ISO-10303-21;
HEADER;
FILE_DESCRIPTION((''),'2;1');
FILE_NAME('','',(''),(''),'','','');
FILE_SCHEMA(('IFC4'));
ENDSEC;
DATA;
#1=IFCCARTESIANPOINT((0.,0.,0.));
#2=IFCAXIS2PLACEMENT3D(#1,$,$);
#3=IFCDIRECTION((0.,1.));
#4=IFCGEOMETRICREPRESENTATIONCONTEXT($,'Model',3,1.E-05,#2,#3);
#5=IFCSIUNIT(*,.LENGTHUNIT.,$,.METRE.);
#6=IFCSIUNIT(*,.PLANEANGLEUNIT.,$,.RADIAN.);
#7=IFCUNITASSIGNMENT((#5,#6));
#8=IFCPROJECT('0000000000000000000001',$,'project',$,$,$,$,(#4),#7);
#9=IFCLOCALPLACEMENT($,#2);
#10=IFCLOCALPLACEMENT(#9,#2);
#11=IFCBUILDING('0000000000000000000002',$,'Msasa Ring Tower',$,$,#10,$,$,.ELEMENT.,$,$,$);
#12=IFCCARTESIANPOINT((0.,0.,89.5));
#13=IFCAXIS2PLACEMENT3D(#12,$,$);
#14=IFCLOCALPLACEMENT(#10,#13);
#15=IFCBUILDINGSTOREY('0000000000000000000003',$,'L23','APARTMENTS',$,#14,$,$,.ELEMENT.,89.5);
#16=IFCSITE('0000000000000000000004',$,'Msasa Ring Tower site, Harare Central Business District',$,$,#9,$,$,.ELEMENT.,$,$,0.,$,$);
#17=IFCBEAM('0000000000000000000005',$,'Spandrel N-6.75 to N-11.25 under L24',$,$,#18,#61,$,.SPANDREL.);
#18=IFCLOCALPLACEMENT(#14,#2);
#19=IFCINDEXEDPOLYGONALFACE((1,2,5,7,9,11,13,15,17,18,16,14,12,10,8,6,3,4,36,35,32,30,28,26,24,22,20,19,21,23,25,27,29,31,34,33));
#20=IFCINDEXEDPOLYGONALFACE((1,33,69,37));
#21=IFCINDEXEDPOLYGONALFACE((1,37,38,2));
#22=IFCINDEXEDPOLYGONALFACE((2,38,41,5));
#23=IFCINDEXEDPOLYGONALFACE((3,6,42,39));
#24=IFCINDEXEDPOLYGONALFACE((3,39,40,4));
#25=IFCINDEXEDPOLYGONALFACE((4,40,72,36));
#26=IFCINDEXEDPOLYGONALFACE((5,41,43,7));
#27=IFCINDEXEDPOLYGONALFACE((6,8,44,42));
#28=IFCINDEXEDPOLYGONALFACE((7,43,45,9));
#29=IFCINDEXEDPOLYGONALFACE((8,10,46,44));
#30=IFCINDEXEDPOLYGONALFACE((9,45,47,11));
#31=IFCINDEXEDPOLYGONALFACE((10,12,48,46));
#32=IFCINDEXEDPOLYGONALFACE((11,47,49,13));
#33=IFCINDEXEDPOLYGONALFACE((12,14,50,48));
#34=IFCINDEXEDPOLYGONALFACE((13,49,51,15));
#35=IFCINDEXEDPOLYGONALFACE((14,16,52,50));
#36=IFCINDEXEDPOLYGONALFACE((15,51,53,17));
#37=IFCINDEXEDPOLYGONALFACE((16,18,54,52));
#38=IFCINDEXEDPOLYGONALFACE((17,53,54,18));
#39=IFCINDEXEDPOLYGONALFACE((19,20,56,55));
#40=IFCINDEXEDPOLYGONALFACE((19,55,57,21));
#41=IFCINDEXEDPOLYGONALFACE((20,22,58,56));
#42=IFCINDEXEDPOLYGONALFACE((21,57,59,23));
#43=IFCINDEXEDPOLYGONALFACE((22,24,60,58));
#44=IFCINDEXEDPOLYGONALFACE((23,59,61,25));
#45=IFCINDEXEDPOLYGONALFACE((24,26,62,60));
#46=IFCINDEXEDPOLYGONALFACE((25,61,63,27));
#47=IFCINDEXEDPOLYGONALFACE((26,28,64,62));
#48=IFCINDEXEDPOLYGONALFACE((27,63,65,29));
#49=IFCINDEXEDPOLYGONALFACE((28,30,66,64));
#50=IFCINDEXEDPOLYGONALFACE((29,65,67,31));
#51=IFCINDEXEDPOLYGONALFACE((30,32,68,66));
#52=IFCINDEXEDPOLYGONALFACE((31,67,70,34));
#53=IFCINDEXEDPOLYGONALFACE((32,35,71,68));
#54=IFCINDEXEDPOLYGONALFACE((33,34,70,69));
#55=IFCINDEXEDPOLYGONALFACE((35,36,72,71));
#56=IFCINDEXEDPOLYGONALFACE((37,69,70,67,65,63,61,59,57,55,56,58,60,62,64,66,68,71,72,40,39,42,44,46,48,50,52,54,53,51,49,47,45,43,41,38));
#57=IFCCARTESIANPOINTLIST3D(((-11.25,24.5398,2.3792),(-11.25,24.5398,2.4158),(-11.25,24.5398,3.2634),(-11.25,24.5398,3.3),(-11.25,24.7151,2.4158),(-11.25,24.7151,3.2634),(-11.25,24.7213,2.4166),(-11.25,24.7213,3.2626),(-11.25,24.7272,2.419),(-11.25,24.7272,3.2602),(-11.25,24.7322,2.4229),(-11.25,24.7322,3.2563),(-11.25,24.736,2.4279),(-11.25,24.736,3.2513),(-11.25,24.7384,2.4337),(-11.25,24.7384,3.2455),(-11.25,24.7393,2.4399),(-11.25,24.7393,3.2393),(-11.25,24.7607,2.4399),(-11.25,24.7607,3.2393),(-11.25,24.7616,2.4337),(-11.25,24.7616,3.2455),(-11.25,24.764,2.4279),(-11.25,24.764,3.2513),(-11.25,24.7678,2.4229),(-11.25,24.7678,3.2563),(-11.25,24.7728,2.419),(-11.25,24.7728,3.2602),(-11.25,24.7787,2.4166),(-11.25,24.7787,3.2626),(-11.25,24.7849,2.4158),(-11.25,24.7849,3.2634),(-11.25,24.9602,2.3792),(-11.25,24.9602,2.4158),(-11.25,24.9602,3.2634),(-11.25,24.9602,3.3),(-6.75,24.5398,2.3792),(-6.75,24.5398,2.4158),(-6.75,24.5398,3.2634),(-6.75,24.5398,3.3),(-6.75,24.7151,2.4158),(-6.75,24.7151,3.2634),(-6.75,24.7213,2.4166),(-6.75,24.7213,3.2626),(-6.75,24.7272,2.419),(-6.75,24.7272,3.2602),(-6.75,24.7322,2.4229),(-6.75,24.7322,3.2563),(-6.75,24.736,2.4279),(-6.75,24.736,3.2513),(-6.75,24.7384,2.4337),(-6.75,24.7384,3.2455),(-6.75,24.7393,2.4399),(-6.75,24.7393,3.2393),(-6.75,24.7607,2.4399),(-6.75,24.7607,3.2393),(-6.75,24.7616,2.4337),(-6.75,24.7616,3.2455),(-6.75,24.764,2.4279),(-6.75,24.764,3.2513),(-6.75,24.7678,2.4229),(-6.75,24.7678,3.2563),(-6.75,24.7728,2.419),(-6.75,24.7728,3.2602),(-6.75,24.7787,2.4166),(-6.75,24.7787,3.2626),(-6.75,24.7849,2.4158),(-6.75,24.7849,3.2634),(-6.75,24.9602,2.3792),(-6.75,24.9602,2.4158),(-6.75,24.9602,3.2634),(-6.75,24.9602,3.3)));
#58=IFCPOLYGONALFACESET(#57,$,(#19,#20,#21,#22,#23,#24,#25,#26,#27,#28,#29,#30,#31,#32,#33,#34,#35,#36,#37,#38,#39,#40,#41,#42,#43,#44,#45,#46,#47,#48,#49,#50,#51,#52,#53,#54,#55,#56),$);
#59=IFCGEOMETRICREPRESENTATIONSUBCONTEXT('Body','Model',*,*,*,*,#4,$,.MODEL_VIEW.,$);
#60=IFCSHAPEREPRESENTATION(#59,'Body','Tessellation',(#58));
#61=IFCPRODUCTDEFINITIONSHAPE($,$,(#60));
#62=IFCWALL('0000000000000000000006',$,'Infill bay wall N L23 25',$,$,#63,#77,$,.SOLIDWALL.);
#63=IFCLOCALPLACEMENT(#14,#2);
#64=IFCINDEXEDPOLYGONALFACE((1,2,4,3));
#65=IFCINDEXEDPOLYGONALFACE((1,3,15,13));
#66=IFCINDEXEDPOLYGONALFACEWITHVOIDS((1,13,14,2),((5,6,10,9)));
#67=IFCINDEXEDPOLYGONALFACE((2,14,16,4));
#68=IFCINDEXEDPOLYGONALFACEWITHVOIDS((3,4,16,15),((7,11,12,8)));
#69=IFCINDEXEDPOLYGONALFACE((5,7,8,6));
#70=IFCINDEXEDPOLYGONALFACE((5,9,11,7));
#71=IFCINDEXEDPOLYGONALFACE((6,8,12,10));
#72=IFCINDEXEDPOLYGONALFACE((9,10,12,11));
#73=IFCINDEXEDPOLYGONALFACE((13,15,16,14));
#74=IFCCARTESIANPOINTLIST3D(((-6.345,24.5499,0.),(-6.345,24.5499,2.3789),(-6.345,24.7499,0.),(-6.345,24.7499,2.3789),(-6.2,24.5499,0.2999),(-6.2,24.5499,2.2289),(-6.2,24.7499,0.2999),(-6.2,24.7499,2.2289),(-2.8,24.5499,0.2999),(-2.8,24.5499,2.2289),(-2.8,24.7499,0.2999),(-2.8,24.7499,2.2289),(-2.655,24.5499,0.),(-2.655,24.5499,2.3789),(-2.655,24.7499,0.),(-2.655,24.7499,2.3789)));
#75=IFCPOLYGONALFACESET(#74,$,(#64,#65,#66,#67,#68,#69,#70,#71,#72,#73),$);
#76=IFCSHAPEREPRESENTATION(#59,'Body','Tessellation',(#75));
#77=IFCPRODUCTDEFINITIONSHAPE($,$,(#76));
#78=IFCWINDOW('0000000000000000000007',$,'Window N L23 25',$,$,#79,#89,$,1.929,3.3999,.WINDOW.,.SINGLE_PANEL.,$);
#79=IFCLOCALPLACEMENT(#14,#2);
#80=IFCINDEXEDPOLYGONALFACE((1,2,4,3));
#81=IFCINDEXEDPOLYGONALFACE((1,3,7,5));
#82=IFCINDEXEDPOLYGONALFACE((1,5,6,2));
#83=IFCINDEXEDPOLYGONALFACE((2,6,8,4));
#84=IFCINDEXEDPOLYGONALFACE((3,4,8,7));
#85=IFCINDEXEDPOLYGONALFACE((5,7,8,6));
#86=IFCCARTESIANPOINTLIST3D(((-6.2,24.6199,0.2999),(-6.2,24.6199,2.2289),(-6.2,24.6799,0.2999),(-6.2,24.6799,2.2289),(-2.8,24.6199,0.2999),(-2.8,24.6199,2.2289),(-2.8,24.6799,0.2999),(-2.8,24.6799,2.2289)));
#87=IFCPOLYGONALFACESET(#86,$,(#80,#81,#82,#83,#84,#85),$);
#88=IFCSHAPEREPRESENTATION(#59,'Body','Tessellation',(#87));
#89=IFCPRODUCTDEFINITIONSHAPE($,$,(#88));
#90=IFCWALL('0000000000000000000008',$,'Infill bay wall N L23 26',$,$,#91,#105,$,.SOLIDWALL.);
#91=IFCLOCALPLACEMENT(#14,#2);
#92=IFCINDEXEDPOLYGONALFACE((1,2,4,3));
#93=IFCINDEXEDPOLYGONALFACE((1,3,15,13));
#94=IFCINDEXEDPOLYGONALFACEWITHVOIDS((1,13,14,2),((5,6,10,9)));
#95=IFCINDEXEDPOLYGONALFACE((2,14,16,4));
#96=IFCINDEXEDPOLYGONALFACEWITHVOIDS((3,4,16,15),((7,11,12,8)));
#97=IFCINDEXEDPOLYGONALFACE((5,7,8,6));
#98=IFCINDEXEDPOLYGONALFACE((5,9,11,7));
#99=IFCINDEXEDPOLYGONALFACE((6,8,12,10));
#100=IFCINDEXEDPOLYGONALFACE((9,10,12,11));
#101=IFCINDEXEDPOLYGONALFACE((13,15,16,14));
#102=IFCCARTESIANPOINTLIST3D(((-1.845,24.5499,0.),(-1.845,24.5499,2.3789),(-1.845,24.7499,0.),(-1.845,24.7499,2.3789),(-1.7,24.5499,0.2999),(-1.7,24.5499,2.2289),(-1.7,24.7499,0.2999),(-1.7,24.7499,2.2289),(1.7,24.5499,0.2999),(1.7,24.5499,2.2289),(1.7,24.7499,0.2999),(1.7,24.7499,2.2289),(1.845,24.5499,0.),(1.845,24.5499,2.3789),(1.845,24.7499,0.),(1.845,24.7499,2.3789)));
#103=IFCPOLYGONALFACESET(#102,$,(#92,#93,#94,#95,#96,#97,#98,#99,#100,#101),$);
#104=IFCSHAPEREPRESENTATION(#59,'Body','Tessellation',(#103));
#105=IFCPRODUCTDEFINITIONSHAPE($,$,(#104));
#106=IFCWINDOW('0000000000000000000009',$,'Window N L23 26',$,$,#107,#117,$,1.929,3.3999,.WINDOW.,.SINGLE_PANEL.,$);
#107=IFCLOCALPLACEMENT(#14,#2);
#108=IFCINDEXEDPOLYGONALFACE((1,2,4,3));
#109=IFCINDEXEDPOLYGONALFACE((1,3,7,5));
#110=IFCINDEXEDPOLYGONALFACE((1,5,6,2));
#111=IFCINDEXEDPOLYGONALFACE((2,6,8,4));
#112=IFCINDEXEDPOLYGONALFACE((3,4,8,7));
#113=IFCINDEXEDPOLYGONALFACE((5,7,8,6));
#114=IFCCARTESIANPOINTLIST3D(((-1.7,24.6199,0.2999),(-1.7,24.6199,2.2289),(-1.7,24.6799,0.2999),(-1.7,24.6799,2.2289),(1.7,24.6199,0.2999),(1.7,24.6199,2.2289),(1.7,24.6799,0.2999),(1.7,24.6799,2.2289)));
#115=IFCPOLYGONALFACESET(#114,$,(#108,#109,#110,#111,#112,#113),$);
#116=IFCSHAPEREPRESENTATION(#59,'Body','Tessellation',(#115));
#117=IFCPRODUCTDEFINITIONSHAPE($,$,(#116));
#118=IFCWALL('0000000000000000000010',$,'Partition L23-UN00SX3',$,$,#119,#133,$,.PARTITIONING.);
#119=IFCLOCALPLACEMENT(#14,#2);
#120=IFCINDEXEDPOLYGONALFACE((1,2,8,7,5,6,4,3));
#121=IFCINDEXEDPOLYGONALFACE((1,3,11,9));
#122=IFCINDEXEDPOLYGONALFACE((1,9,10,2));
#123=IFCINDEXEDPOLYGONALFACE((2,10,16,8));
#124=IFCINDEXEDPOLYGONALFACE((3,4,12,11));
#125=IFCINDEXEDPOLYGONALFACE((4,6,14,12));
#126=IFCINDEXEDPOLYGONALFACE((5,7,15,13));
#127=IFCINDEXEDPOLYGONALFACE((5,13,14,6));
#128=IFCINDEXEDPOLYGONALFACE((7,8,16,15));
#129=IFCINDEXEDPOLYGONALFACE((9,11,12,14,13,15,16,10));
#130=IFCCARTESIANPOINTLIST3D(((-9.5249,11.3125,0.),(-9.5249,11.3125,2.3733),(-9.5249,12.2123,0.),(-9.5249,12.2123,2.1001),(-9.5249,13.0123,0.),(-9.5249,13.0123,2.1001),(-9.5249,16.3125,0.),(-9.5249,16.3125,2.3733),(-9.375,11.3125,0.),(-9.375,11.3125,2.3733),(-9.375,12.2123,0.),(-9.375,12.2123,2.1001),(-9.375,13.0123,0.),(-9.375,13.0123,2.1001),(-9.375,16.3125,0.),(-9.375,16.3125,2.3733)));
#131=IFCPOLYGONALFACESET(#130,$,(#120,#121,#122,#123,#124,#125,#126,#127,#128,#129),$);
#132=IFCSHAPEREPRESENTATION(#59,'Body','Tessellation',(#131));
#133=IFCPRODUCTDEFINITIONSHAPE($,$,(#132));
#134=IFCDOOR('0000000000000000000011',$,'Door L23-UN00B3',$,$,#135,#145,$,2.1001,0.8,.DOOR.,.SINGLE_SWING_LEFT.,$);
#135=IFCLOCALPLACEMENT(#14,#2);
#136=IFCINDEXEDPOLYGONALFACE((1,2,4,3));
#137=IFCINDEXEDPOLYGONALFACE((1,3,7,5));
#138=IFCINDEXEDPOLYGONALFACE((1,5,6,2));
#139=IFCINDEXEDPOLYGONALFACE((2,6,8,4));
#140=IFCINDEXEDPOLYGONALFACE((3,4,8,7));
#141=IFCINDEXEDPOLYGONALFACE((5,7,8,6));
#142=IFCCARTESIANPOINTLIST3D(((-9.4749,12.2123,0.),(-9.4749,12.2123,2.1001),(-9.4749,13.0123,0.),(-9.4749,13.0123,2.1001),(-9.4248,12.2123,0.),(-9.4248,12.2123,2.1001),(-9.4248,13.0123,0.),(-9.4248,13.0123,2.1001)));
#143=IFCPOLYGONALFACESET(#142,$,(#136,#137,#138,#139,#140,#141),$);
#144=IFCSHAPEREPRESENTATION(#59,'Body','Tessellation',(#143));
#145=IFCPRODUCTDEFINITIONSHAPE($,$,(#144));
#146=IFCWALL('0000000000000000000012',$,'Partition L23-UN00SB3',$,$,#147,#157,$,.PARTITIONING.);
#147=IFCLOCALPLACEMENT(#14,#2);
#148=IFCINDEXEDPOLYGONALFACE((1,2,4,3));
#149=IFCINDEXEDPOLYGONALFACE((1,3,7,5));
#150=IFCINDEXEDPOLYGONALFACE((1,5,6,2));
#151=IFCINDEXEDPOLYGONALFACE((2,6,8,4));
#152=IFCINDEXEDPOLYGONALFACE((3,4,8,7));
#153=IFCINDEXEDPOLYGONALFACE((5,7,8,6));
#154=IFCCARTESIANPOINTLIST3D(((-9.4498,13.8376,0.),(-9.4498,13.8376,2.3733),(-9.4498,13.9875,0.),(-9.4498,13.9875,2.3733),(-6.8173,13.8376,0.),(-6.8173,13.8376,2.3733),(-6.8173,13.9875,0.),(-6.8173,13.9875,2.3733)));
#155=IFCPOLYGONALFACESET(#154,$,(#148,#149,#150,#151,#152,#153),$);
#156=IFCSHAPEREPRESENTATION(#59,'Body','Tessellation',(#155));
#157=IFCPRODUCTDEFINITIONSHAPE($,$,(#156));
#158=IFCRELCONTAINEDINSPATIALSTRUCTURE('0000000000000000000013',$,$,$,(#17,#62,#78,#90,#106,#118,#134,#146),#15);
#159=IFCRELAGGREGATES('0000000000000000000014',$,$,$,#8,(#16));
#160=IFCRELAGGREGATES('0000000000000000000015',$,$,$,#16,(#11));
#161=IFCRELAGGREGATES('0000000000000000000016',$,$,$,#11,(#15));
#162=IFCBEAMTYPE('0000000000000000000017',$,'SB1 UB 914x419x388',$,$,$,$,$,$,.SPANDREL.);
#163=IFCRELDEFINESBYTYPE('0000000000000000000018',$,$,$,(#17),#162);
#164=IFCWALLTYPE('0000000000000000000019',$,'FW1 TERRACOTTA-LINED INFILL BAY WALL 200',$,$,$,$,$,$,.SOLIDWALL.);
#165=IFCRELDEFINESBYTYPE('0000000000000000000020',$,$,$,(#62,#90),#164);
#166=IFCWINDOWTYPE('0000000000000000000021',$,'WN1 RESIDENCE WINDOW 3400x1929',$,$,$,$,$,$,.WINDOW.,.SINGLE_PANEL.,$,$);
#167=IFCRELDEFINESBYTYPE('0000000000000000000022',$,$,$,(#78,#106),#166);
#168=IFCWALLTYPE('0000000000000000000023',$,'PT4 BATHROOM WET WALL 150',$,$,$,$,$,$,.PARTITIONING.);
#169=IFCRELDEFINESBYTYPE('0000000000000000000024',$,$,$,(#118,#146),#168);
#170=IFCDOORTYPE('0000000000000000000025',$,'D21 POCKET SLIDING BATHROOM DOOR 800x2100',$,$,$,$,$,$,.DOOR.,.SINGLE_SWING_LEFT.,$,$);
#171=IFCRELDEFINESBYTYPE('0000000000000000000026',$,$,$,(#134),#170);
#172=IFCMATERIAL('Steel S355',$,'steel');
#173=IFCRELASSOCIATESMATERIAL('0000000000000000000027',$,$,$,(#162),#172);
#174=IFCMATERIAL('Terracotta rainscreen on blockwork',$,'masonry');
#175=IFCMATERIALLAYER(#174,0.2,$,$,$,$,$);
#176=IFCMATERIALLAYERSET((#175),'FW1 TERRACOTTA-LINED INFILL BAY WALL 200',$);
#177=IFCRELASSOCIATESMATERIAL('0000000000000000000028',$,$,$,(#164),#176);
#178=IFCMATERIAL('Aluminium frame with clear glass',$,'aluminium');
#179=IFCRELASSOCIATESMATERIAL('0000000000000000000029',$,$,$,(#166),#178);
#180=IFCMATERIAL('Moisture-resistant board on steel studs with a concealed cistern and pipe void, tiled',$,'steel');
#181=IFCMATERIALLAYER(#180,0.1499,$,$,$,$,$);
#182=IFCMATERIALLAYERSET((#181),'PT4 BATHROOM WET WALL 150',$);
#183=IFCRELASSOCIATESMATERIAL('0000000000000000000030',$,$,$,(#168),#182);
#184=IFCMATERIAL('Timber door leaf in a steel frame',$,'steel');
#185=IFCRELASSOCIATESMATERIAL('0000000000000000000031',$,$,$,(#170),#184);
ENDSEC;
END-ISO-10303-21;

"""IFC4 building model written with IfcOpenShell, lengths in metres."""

from ifc_helpers import new_model, si_unit, direction, frame, frame_2d, origin, origin_2d, place, context, subcontext, project, spatial, rectangle, i_section, extrude, material, layer, layer_set, material_profile, profile_set, type_object, element, fill, save


model = new_model("IFC4")

# Units and contexts
model_context = context("Model", 3, precision=1e-05, world=origin(), true_north=direction((0.0, 1.0)))
body_context = subcontext(model_context, "Body", "Model", "MODEL_VIEW")
ifc_project = project(units=[si_unit("LENGTHUNIT", "METRE"), si_unit("PLANEANGLEUNIT", "RADIAN")], contexts=[model_context])

# Site, building, storey
site_placement = place(None, origin())
site = spatial("IfcSite", under=ifc_project, at=site_placement, Name="Msasa Ring Tower site, Harare Central Business District", CompositionType="ELEMENT", RefElevation=0.0)
building_placement = place(site_placement, origin())
building = spatial("IfcBuilding", under=site, at=building_placement, Name="Msasa Ring Tower", CompositionType="ELEMENT")
storey_placement = place(building_placement, frame((0.0, 0.0, 89.5)))
storey = spatial("IfcBuildingStorey", under=building, at=storey_placement, Name="L23", Description="APARTMENTS", CompositionType="ELEMENT", Elevation=89.5)

# Beam
ifc_material_1 = material(Name="Steel S355", Category="steel")
ifc_material_profile_1 = material_profile(ifc_material_1, i_section(OverallWidth=0.4204, OverallDepth=0.9209, WebThickness=0.0215, FlangeThickness=0.0366, FilletRadius=0.0242, at=origin_2d()), Name="UB 914x419x388")
ifc_profile_set_1 = profile_set([ifc_material_profile_1], Name="Steel S355")
beam_type_1 = type_object("IfcBeamType", Name="SB1 UB 914x419x388", PredefinedType="SPANDREL", material=ifc_profile_set_1)
for number, where, z_axis, x_axis, name in (
    (1, (-6.75, 24.75, 2.8396), (-1.0, 0.0, 0.0), (0.0, -1.0, 0.0), "Spandrel N-6.75 to N-11.25 under L24"),
):
    element("IfcBeam", number, at=place(storey_placement, frame(where, z_axis=z_axis, x_axis=x_axis)), inside=storey, type_object=beam_type_1, Name=name, PredefinedType="SPANDREL", context=body_context, shape_type="SweptSolid", body=[
        extrude(i_section(OverallWidth=0.4204, OverallDepth=0.9209, WebThickness=0.0215, FlangeThickness=0.0366, FilletRadius=0.0242, at=origin_2d()), origin(), (0.0, 0.0, 1.0), 4.5),
    ])

# Walls, openings, windows
ifc_material_2 = material(Name="Terracotta rainscreen on blockwork", Category="masonry")
ifc_layer_1 = layer(ifc_material_2, 0.2)
ifc_layer_set_1 = layer_set([ifc_layer_1], Name="FW1 TERRACOTTA-LINED INFILL BAY WALL 200")
wall_type_1 = type_object("IfcWallType", Name="FW1 TERRACOTTA-LINED INFILL BAY WALL 200", PredefinedType="SOLIDWALL", material=ifc_layer_set_1)
wall_1_placement = place(storey_placement, frame((-6.345, 24.6499, 0.0), z_axis=(0.0, 0.0, 1.0), x_axis=(1.0, 0.0, 0.0)))
wall_1 = element("IfcWall", 2, at=wall_1_placement, inside=storey, type_object=wall_type_1, Name="Infill bay wall N L23 25", PredefinedType="SOLIDWALL", context=body_context, shape_type="SweptSolid", body=[
    extrude(rectangle(XDim=3.6899, YDim=0.2, at=frame_2d((1.845, 0.0))), origin(), (0.0, 0.0, 1.0), 2.3789),
])
opening_1_placement = place(wall_1_placement, frame((0.145, 0.0, 0.3)))
opening_1 = element("IfcOpeningElement", 3, at=opening_1_placement, cuts=wall_1, PredefinedType="OPENING", context=body_context, shape_type="SweptSolid", body=[
    extrude(rectangle(XDim=3.3999, YDim=1.929, at=frame_2d((1.7, 0.9644))), frame((0.0, 0.1099, 0.0), z_axis=(0.0, -1.0, 0.0), x_axis=(1.0, 0.0, 0.0)), (0.0, 0.0, 1.0), 0.22),
])
ifc_material_3 = material(Name="Aluminium frame with clear glass", Category="aluminium")
window_type = type_object("IfcWindowType", Name="WN1 RESIDENCE WINDOW 3400x1929", PartitioningType="SINGLE_PANEL", PredefinedType="WINDOW", material=ifc_material_3)
window_1_placement = place(opening_1_placement, origin())
window_1 = element("IfcWindow", 4, at=window_1_placement, inside=storey, type_object=window_type, Name="Window N L23 25", OverallHeight=1.929, OverallWidth=3.3999, PartitioningType="SINGLE_PANEL", PredefinedType="WINDOW", context=body_context, shape_type="SweptSolid", body=[
    extrude(rectangle(XDim=3.3999, YDim=1.929, at=frame_2d((1.7, 0.9644))), frame((0.0, 0.03, 0.0), z_axis=(0.0, -1.0, 0.0), x_axis=(1.0, 0.0, 0.0)), (0.0, 0.0, 1.0), 0.0601),
])
fill(opening_1, window_1)
wall_2_placement = place(storey_placement, frame((-1.845, 24.6499, 0.0), z_axis=(0.0, 0.0, 1.0), x_axis=(1.0, 0.0, 0.0)))
wall_2 = element("IfcWall", 5, at=wall_2_placement, inside=storey, type_object=wall_type_1, Name="Infill bay wall N L23 26", PredefinedType="SOLIDWALL", context=body_context, shape_type="SweptSolid", body=[
    extrude(rectangle(XDim=3.6899, YDim=0.2, at=frame_2d((1.845, 0.0))), origin(), (0.0, 0.0, 1.0), 2.3789),
])
opening_2_placement = place(wall_2_placement, frame((0.145, 0.0, 0.3)))
opening_2 = element("IfcOpeningElement", 6, at=opening_2_placement, cuts=wall_2, PredefinedType="OPENING", context=body_context, shape_type="SweptSolid", body=[
    extrude(rectangle(XDim=3.3999, YDim=1.929, at=frame_2d((1.7, 0.9644))), frame((0.0, 0.1099, 0.0), z_axis=(0.0, -1.0, 0.0), x_axis=(1.0, 0.0, 0.0)), (0.0, 0.0, 1.0), 0.22),
])
window_2_placement = place(opening_2_placement, origin())
window_2 = element("IfcWindow", 7, at=window_2_placement, inside=storey, type_object=window_type, Name="Window N L23 26", OverallHeight=1.929, OverallWidth=3.3999, PartitioningType="SINGLE_PANEL", PredefinedType="WINDOW", context=body_context, shape_type="SweptSolid", body=[
    extrude(rectangle(XDim=3.3999, YDim=1.929, at=frame_2d((1.7, 0.9644))), frame((0.0, 0.03, 0.0), z_axis=(0.0, -1.0, 0.0), x_axis=(1.0, 0.0, 0.0)), (0.0, 0.0, 1.0), 0.0601),
])
fill(opening_2, window_2)

# Wall, opening, door
ifc_material_4 = material(Name="Moisture-resistant board on steel studs with a concealed cistern and pipe void, tiled", Category="steel")
ifc_layer_2 = layer(ifc_material_4, 0.1499)
ifc_layer_set_2 = layer_set([ifc_layer_2], Name="PT4 BATHROOM WET WALL 150")
wall_type_2 = type_object("IfcWallType", Name="PT4 BATHROOM WET WALL 150", PredefinedType="PARTITIONING", material=ifc_layer_set_2)
wall_3_placement = place(storey_placement, frame((-9.45, 11.3125, 0.0), z_axis=(0.0, 0.0, 1.0), x_axis=(0.0, 1.0, 0.0)))
wall_3 = element("IfcWall", 8, at=wall_3_placement, inside=storey, type_object=wall_type_2, Name="Partition L23-UN00SX3", PredefinedType="PARTITIONING", context=body_context, shape_type="SweptSolid", body=[
    extrude(rectangle(XDim=5.0, YDim=0.1499, at=frame_2d((2.5, 0.0))), origin(), (0.0, 0.0, 1.0), 2.3733),
])
opening_3_placement = place(wall_3_placement, frame((0.8999, 0.0, 0.0)))
opening_3 = element("IfcOpeningElement", 9, at=opening_3_placement, cuts=wall_3, PredefinedType="OPENING", context=body_context, shape_type="SweptSolid", body=[
    extrude(rectangle(XDim=0.8, YDim=2.1001, at=frame_2d((0.3999, 1.05))), frame((0.0, 0.085, 0.0), z_axis=(0.0, -1.0, 0.0), x_axis=(1.0, 0.0, 0.0)), (0.0, 0.0, 1.0), 0.1699),
])
ifc_material_5 = material(Name="Timber door leaf in a steel frame", Category="steel")
door_type_1 = type_object("IfcDoorType", Name="D21 POCKET SLIDING BATHROOM DOOR 800x2100", OperationType="SINGLE_SWING_LEFT", PredefinedType="DOOR", material=ifc_material_5)
door_1_placement = place(opening_3_placement, origin())
door_1 = element("IfcDoor", 10, at=door_1_placement, inside=storey, type_object=door_type_1, Name="Door L23-UN00B3", OperationType="SINGLE_SWING_LEFT", OverallHeight=2.1001, OverallWidth=0.8, PredefinedType="DOOR", context=body_context, shape_type="SweptSolid", body=[
    extrude(rectangle(XDim=0.8, YDim=2.1001, at=frame_2d((0.3999, 1.05))), frame((0.0, 0.0249, 0.0), z_axis=(0.0, -1.0, 0.0), x_axis=(1.0, 0.0, 0.0)), (0.0, 0.0, 1.0), 0.05),
])
fill(opening_3, door_1)

# Wall
wall_4_placement = place(storey_placement, frame((-9.45, 13.9126, 0.0), z_axis=(0.0, 0.0, 1.0), x_axis=(1.0, 0.0, 0.0)))
element("IfcWall", 11, at=wall_4_placement, inside=storey, type_object=wall_type_2, Name="Partition L23-UN00SB3", PredefinedType="PARTITIONING", context=body_context, shape_type="SweptSolid", body=[
    extrude(rectangle(XDim=2.6326, YDim=0.1499, at=frame_2d((1.3164, 0.0))), origin(), (0.0, 0.0, 1.0), 2.3733),
])

save(model, "model.ifc")
